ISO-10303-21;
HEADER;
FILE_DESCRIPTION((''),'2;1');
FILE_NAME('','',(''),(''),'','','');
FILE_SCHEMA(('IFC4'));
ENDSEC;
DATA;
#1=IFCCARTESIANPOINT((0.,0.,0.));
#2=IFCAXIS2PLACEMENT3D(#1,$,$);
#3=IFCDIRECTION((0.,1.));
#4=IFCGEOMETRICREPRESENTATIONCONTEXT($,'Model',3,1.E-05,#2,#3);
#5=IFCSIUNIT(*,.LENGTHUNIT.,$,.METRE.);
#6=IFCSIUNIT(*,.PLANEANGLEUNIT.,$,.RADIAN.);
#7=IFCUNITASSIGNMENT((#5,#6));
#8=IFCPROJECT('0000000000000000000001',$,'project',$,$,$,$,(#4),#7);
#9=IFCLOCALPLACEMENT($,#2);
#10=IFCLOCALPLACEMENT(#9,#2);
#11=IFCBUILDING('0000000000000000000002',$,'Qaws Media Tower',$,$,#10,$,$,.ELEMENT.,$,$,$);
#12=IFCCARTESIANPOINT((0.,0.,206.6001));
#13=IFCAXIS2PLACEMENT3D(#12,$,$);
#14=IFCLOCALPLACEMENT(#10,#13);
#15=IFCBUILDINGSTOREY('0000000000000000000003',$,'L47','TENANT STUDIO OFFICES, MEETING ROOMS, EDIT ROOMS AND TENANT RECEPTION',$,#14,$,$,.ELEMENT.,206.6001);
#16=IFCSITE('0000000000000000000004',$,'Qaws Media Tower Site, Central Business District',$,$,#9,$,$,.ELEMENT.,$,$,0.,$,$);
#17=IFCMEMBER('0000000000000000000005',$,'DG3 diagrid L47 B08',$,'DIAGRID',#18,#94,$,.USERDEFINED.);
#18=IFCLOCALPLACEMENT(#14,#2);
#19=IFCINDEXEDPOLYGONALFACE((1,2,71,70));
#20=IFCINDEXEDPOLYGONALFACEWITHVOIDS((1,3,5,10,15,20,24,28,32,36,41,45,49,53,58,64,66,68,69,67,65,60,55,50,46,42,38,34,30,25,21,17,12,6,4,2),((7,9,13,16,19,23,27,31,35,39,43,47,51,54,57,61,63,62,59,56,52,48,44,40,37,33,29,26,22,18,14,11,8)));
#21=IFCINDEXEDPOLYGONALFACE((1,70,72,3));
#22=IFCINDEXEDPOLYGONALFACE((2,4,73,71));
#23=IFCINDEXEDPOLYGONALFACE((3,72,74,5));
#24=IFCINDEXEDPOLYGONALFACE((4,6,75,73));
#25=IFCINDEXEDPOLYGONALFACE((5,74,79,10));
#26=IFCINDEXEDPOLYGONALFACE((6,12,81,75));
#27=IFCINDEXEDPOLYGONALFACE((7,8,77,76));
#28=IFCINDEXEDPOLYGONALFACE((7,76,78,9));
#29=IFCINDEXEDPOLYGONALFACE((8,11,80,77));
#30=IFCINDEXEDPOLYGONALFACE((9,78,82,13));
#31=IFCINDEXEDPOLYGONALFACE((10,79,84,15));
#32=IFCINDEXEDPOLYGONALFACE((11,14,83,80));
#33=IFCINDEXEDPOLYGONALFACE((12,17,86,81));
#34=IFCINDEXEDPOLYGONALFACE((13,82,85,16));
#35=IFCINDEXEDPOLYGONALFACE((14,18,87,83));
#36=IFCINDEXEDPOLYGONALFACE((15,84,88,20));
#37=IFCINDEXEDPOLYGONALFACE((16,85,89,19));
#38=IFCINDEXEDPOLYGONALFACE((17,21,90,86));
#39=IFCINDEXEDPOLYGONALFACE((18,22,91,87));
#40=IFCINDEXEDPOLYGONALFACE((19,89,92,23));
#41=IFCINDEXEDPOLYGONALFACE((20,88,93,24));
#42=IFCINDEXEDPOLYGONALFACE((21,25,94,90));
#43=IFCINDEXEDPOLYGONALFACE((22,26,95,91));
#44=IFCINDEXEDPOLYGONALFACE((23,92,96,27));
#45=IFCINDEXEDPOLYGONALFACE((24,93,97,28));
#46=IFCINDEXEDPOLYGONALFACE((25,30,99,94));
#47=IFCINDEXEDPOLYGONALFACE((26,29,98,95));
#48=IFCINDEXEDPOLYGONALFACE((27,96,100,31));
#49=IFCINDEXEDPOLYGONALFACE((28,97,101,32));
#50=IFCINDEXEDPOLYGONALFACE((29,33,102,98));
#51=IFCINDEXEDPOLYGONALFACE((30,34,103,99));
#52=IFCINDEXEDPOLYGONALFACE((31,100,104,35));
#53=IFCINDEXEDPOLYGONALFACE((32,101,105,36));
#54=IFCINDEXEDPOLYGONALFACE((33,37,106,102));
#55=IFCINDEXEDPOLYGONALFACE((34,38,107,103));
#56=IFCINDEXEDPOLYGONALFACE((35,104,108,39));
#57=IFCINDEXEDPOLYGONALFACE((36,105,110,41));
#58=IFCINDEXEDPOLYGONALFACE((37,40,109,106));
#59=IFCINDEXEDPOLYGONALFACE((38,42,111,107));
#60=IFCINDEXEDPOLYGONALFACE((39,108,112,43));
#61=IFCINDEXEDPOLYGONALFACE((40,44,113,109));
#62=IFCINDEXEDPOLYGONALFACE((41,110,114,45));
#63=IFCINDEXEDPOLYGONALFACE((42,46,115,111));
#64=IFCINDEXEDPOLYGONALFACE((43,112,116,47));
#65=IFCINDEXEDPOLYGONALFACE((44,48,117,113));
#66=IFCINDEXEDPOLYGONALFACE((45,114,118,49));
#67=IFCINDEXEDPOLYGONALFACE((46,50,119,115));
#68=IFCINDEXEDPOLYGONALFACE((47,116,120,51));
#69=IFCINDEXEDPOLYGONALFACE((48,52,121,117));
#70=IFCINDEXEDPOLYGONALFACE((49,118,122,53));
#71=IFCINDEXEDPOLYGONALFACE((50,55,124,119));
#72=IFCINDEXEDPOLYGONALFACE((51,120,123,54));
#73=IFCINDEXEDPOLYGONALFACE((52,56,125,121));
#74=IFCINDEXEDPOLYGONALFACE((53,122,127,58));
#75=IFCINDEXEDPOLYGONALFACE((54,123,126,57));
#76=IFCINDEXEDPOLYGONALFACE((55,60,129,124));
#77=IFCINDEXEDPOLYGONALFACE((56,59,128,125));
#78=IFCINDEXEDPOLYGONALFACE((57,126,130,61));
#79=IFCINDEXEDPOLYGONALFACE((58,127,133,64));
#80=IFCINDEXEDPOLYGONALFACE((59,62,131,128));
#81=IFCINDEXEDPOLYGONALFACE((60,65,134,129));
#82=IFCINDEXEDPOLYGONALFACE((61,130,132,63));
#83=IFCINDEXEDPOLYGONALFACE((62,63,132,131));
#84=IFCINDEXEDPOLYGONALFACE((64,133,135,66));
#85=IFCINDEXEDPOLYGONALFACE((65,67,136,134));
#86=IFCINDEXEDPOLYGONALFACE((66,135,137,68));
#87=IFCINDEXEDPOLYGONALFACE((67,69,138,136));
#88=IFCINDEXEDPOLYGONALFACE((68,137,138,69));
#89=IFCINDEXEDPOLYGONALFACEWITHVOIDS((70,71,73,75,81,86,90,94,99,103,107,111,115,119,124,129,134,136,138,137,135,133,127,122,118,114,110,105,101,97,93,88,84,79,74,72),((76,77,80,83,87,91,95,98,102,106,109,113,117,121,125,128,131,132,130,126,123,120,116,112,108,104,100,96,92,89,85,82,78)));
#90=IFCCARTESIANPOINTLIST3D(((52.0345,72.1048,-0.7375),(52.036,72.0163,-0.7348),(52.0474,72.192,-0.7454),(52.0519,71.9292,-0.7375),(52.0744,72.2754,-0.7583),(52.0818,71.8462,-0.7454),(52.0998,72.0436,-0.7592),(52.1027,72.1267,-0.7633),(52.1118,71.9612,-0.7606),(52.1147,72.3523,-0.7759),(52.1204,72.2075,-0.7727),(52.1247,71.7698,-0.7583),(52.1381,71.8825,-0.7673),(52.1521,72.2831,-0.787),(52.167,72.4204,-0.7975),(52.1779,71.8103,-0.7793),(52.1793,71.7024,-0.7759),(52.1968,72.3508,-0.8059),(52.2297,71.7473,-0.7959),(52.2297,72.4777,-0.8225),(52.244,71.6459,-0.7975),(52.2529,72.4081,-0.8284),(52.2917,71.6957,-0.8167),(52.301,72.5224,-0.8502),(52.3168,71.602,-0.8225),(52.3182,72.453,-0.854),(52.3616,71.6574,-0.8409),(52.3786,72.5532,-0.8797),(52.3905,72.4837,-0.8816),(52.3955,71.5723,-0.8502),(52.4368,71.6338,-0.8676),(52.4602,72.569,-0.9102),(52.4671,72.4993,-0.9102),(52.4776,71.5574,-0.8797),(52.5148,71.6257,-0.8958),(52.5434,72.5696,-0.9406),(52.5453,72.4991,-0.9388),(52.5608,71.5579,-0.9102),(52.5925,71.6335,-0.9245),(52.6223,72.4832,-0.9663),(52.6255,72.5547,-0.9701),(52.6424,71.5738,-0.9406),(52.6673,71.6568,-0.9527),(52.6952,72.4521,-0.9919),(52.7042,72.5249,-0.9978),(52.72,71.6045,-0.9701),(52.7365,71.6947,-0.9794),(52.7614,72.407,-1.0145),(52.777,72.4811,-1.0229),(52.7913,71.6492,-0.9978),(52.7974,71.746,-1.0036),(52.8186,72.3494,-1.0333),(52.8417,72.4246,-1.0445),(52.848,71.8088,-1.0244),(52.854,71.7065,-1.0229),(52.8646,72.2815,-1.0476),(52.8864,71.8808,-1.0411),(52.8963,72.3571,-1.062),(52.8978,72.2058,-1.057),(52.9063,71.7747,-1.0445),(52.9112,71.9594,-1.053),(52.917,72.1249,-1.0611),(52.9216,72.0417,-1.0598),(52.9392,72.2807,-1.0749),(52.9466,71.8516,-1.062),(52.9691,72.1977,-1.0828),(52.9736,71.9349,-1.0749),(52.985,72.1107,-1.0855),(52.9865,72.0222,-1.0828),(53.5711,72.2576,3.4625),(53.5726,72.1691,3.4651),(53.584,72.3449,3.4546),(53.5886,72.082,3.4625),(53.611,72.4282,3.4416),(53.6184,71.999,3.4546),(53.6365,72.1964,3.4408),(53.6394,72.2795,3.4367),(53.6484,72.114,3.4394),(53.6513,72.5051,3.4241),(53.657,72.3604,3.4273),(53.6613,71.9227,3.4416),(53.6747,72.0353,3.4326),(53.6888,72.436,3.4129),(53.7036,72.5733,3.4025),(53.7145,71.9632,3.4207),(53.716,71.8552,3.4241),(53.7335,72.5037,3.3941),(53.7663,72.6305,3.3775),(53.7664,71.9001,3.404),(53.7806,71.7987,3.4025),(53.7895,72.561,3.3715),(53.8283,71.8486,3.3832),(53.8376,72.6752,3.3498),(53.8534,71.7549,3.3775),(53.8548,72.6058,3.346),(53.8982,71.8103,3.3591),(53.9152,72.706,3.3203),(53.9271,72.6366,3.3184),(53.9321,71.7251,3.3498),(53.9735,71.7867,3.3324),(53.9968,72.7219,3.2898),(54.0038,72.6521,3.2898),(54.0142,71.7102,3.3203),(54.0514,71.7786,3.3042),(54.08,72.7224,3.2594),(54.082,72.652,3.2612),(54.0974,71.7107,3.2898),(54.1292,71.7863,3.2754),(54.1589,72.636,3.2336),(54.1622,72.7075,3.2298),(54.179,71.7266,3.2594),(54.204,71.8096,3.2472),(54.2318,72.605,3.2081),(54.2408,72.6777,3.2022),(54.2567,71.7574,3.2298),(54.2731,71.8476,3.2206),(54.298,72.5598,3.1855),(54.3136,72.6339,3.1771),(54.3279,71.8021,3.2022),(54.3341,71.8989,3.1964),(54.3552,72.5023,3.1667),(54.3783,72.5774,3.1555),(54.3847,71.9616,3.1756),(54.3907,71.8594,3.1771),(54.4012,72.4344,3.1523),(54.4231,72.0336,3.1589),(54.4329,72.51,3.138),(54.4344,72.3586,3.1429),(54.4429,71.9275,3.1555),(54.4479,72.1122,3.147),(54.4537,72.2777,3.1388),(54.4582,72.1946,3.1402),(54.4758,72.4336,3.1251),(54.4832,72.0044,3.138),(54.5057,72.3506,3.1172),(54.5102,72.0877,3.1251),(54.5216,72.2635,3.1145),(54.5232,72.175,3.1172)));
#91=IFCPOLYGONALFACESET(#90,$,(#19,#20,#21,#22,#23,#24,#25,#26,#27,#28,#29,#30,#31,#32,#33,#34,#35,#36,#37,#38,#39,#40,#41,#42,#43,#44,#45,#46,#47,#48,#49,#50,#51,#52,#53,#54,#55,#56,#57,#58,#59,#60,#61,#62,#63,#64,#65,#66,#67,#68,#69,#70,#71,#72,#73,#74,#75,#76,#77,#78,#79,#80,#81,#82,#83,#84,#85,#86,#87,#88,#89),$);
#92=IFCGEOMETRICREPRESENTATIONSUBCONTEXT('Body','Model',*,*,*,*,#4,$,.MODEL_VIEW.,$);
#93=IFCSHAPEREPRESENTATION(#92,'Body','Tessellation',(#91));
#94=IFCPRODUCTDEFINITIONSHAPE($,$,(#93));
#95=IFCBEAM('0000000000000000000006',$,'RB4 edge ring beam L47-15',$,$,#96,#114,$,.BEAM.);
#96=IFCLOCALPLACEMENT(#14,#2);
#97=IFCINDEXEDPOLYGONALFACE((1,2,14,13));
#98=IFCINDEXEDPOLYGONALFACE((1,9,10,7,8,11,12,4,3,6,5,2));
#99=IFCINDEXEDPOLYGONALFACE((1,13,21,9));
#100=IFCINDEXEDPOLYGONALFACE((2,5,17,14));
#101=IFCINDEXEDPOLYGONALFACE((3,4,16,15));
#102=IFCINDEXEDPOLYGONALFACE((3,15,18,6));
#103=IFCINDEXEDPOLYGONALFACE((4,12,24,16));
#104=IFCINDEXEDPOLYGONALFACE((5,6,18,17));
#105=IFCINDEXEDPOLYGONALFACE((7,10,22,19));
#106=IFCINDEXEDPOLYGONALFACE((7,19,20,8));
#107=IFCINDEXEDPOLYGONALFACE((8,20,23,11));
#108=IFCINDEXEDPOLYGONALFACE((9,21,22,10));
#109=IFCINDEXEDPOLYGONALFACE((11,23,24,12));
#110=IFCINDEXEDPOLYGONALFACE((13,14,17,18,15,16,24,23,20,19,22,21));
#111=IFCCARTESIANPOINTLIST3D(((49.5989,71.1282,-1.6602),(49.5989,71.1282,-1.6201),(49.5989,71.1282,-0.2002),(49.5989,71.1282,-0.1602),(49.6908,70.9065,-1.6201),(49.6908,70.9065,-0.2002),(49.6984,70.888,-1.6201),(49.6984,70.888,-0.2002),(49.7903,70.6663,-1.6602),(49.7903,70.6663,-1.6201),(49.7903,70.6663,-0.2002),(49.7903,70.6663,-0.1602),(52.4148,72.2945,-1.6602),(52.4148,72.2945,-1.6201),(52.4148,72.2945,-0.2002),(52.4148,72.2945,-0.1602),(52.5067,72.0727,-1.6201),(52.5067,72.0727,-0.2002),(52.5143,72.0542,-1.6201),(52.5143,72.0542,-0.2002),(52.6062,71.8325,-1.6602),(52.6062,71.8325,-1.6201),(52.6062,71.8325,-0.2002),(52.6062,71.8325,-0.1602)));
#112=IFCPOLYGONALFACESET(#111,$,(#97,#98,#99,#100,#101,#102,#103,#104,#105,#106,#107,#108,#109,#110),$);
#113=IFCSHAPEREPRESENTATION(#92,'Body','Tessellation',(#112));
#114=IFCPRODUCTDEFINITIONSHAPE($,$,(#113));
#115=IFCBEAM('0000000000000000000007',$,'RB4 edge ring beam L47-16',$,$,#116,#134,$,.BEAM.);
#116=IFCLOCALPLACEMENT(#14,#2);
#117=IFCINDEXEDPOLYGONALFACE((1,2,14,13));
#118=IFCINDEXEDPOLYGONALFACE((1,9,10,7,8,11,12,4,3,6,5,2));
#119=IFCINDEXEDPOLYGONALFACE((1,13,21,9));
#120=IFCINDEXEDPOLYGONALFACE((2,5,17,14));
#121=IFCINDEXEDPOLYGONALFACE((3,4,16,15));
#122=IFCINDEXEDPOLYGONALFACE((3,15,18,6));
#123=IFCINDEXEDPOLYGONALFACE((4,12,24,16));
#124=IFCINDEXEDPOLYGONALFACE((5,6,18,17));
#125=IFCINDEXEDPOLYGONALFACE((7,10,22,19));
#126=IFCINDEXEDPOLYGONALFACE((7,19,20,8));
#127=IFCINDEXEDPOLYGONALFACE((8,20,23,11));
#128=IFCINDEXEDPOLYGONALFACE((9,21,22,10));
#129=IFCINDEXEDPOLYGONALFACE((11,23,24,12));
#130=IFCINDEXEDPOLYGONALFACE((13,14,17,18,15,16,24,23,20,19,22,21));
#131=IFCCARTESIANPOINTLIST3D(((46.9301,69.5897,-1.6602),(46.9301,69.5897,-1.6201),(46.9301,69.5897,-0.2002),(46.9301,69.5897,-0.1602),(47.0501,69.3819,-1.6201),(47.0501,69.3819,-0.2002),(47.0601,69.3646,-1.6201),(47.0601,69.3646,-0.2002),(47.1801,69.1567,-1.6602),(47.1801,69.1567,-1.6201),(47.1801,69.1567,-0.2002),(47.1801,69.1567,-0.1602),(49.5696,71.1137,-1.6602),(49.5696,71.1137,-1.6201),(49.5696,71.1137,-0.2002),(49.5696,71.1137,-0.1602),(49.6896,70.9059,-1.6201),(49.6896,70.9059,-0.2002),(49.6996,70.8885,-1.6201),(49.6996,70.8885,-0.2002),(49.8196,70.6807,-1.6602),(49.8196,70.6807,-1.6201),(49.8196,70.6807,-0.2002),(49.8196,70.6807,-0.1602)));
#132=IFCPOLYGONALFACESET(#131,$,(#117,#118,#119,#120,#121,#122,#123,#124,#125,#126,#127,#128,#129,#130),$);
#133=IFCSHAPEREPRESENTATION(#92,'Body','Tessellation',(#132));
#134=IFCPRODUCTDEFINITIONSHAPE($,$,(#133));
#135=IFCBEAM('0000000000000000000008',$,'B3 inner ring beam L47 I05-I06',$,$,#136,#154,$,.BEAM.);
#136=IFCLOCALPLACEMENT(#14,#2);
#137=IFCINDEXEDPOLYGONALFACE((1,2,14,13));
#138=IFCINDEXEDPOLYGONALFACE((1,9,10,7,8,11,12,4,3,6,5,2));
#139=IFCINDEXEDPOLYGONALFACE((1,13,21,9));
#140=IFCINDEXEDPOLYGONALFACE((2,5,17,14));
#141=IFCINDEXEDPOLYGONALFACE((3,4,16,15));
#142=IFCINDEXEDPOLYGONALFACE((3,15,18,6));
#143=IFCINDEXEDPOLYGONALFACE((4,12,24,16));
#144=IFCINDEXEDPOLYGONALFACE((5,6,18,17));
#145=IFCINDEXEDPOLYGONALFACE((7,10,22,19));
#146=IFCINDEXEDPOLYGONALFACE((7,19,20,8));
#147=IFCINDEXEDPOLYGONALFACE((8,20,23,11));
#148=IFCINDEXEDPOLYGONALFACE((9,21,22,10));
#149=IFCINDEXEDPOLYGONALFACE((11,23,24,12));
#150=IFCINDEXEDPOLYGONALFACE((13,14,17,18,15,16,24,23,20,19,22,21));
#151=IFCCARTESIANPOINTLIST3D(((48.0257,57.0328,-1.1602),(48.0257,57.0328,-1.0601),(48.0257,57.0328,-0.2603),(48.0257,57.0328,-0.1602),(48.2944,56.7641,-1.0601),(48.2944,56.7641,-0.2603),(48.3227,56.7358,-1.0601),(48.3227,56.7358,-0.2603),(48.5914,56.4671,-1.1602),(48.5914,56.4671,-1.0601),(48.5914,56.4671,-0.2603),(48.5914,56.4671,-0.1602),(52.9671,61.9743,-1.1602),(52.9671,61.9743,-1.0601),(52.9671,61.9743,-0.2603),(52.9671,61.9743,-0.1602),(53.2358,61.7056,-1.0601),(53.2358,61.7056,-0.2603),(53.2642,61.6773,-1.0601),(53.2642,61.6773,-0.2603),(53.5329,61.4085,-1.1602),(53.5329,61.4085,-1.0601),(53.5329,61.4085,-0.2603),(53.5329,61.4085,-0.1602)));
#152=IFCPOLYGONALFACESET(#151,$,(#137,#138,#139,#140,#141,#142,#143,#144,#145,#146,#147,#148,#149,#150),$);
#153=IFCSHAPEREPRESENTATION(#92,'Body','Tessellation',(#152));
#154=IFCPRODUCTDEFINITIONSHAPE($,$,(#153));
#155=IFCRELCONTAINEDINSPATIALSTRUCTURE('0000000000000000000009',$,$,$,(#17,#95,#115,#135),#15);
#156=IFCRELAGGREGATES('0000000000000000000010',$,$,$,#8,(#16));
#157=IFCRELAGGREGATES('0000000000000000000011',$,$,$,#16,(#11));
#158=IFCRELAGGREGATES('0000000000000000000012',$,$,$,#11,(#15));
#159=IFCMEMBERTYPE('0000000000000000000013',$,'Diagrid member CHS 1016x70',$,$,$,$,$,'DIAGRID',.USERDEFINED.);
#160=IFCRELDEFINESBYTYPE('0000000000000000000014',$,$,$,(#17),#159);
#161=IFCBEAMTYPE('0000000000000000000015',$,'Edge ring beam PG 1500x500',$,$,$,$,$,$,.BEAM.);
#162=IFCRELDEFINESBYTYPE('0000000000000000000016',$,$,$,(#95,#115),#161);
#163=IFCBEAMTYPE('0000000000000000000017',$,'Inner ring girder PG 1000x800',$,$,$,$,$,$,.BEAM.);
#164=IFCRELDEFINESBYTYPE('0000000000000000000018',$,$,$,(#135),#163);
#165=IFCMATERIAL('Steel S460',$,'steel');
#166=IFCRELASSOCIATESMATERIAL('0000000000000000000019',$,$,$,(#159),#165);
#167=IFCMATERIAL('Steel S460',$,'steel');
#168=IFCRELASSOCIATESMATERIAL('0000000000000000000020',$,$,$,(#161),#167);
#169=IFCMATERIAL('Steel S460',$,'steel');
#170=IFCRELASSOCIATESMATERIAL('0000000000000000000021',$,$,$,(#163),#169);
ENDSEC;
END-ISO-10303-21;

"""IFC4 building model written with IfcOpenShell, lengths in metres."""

from ifc_helpers import new_model, si_unit, direction, frame, origin, origin_2d, place, context, subcontext, project, spatial, hollow_circle, i_section, extrude, material, material_profile, profile_set, type_object, element, save


model = new_model("IFC4")

# Units and contexts
model_context = context("Model", 3, precision=1e-05, world=origin(), true_north=direction((0.0, 1.0)))
body_context = subcontext(model_context, "Body", "Model", "MODEL_VIEW")
ifc_project = project(units=[si_unit("LENGTHUNIT", "METRE"), si_unit("PLANEANGLEUNIT", "RADIAN")], contexts=[model_context])

# Site, building, storey
site_placement = place(None, origin())
site = spatial("IfcSite", under=ifc_project, at=site_placement, Name="Qaws Media Tower Site, Central Business District", CompositionType="ELEMENT", RefElevation=0.0)
building_placement = place(site_placement, origin())
building = spatial("IfcBuilding", under=site, at=building_placement, Name="Qaws Media Tower", CompositionType="ELEMENT")
storey_placement = place(building_placement, frame((0.0, 0.0, 206.6001)))
storey = spatial("IfcBuildingStorey", under=building, at=storey_placement, Name="L47", Description="TENANT STUDIO OFFICES, MEETING ROOMS, EDIT ROOMS AND TENANT RECEPTION", CompositionType="ELEMENT", Elevation=206.6001)

# Member
ifc_material_1 = material(Name="Steel S460", Category="steel")
ifc_material_profile_1 = material_profile(ifc_material_1, hollow_circle(Radius=0.5081, WallThickness=0.0701, at=origin_2d()), Name="CHS 1016x70")
ifc_profile_set_1 = profile_set([ifc_material_profile_1], Name="Steel S460")
member_type_1 = type_object("IfcMemberType", Name="Diagrid member CHS 1016x70", ElementType="DIAGRID", PredefinedType="USERDEFINED", material=ifc_profile_set_1)
for number, where, z_axis, x_axis, name in (
    (1, (52.5105, 72.0635, -0.9102), (0.343392, 0.034154, 0.938571), (-0.098971, 0.99509, 0.0), "DG3 diagrid L47 B08"),
):
    element("IfcMember", number, at=place(storey_placement, frame(where, z_axis=z_axis, x_axis=x_axis)), inside=storey, type_object=member_type_1, Name=name, ObjectType="DIAGRID", PredefinedType="USERDEFINED", context=body_context, shape_type="SweptSolid", body=[
        extrude(hollow_circle(Radius=0.5081, WallThickness=0.0701, at=origin_2d()), origin(), (0.0, 0.0, 1.0), 4.4749),
    ])

# Beams
ifc_material_2 = material(Name="Steel S460", Category="steel")
ifc_material_profile_2 = material_profile(ifc_material_2, i_section(OverallWidth=0.5, OverallDepth=1.5, WebThickness=0.02, FlangeThickness=0.04, at=origin_2d()), Name="PG 1500x500")
ifc_profile_set_2 = profile_set([ifc_material_profile_2], Name="Steel S460")
beam_type_1 = type_object("IfcBeamType", Name="Edge ring beam PG 1500x500", PredefinedType="BEAM", material=ifc_profile_set_2)
for number, where, z_axis, x_axis, name in (
    (2, (52.5105, 72.0635, -0.9102), (-0.923895, -0.382647, 0.0), (0.382647, -0.923895, 0.0), "RB4 edge ring beam L47-15"),
    (3, (49.6946, 70.8972, -0.9102), (-0.866016, -0.500016, 0.0), (0.500016, -0.866016, 0.0), "RB4 edge ring beam L47-16"),
):
    element("IfcBeam", number, at=place(storey_placement, frame(where, z_axis=z_axis, x_axis=x_axis)), inside=storey, type_object=beam_type_1, Name=name, PredefinedType="BEAM", context=body_context, shape_type="SweptSolid", body=[
        extrude(i_section(OverallWidth=0.5, OverallDepth=1.5, WebThickness=0.02, FlangeThickness=0.04, at=origin_2d()), origin(), (0.0, 0.0, 1.0), 3.0479),
    ])
ifc_material_3 = material(Name="Steel S460", Category="steel")
ifc_material_profile_3 = material_profile(ifc_material_3, i_section(OverallWidth=0.8, OverallDepth=1.0, WebThickness=0.04, FlangeThickness=0.1001, at=origin_2d()), Name="PG 1000x800")
ifc_profile_set_3 = profile_set([ifc_material_profile_3], Name="Steel S460")
beam_type_2 = type_object("IfcBeamType", Name="Inner ring girder PG 1000x800", PredefinedType="BEAM", material=ifc_profile_set_3)
beam_1_placement = place(storey_placement, frame((53.25, 61.6914, -0.6602), z_axis=(-0.707107, -0.707107, 0.0), x_axis=(0.707107, -0.707107, 0.0)))
element("IfcBeam", 4, at=beam_1_placement, inside=storey, type_object=beam_type_2, Name="B3 inner ring beam L47 I05-I06", PredefinedType="BEAM", context=body_context, shape_type="SweptSolid", body=[
    extrude(i_section(OverallWidth=0.8, OverallDepth=1.0, WebThickness=0.04, FlangeThickness=0.1001, at=origin_2d()), origin(), (0.0, 0.0, 1.0), 6.9883),
])

save(model, "model.ifc")
